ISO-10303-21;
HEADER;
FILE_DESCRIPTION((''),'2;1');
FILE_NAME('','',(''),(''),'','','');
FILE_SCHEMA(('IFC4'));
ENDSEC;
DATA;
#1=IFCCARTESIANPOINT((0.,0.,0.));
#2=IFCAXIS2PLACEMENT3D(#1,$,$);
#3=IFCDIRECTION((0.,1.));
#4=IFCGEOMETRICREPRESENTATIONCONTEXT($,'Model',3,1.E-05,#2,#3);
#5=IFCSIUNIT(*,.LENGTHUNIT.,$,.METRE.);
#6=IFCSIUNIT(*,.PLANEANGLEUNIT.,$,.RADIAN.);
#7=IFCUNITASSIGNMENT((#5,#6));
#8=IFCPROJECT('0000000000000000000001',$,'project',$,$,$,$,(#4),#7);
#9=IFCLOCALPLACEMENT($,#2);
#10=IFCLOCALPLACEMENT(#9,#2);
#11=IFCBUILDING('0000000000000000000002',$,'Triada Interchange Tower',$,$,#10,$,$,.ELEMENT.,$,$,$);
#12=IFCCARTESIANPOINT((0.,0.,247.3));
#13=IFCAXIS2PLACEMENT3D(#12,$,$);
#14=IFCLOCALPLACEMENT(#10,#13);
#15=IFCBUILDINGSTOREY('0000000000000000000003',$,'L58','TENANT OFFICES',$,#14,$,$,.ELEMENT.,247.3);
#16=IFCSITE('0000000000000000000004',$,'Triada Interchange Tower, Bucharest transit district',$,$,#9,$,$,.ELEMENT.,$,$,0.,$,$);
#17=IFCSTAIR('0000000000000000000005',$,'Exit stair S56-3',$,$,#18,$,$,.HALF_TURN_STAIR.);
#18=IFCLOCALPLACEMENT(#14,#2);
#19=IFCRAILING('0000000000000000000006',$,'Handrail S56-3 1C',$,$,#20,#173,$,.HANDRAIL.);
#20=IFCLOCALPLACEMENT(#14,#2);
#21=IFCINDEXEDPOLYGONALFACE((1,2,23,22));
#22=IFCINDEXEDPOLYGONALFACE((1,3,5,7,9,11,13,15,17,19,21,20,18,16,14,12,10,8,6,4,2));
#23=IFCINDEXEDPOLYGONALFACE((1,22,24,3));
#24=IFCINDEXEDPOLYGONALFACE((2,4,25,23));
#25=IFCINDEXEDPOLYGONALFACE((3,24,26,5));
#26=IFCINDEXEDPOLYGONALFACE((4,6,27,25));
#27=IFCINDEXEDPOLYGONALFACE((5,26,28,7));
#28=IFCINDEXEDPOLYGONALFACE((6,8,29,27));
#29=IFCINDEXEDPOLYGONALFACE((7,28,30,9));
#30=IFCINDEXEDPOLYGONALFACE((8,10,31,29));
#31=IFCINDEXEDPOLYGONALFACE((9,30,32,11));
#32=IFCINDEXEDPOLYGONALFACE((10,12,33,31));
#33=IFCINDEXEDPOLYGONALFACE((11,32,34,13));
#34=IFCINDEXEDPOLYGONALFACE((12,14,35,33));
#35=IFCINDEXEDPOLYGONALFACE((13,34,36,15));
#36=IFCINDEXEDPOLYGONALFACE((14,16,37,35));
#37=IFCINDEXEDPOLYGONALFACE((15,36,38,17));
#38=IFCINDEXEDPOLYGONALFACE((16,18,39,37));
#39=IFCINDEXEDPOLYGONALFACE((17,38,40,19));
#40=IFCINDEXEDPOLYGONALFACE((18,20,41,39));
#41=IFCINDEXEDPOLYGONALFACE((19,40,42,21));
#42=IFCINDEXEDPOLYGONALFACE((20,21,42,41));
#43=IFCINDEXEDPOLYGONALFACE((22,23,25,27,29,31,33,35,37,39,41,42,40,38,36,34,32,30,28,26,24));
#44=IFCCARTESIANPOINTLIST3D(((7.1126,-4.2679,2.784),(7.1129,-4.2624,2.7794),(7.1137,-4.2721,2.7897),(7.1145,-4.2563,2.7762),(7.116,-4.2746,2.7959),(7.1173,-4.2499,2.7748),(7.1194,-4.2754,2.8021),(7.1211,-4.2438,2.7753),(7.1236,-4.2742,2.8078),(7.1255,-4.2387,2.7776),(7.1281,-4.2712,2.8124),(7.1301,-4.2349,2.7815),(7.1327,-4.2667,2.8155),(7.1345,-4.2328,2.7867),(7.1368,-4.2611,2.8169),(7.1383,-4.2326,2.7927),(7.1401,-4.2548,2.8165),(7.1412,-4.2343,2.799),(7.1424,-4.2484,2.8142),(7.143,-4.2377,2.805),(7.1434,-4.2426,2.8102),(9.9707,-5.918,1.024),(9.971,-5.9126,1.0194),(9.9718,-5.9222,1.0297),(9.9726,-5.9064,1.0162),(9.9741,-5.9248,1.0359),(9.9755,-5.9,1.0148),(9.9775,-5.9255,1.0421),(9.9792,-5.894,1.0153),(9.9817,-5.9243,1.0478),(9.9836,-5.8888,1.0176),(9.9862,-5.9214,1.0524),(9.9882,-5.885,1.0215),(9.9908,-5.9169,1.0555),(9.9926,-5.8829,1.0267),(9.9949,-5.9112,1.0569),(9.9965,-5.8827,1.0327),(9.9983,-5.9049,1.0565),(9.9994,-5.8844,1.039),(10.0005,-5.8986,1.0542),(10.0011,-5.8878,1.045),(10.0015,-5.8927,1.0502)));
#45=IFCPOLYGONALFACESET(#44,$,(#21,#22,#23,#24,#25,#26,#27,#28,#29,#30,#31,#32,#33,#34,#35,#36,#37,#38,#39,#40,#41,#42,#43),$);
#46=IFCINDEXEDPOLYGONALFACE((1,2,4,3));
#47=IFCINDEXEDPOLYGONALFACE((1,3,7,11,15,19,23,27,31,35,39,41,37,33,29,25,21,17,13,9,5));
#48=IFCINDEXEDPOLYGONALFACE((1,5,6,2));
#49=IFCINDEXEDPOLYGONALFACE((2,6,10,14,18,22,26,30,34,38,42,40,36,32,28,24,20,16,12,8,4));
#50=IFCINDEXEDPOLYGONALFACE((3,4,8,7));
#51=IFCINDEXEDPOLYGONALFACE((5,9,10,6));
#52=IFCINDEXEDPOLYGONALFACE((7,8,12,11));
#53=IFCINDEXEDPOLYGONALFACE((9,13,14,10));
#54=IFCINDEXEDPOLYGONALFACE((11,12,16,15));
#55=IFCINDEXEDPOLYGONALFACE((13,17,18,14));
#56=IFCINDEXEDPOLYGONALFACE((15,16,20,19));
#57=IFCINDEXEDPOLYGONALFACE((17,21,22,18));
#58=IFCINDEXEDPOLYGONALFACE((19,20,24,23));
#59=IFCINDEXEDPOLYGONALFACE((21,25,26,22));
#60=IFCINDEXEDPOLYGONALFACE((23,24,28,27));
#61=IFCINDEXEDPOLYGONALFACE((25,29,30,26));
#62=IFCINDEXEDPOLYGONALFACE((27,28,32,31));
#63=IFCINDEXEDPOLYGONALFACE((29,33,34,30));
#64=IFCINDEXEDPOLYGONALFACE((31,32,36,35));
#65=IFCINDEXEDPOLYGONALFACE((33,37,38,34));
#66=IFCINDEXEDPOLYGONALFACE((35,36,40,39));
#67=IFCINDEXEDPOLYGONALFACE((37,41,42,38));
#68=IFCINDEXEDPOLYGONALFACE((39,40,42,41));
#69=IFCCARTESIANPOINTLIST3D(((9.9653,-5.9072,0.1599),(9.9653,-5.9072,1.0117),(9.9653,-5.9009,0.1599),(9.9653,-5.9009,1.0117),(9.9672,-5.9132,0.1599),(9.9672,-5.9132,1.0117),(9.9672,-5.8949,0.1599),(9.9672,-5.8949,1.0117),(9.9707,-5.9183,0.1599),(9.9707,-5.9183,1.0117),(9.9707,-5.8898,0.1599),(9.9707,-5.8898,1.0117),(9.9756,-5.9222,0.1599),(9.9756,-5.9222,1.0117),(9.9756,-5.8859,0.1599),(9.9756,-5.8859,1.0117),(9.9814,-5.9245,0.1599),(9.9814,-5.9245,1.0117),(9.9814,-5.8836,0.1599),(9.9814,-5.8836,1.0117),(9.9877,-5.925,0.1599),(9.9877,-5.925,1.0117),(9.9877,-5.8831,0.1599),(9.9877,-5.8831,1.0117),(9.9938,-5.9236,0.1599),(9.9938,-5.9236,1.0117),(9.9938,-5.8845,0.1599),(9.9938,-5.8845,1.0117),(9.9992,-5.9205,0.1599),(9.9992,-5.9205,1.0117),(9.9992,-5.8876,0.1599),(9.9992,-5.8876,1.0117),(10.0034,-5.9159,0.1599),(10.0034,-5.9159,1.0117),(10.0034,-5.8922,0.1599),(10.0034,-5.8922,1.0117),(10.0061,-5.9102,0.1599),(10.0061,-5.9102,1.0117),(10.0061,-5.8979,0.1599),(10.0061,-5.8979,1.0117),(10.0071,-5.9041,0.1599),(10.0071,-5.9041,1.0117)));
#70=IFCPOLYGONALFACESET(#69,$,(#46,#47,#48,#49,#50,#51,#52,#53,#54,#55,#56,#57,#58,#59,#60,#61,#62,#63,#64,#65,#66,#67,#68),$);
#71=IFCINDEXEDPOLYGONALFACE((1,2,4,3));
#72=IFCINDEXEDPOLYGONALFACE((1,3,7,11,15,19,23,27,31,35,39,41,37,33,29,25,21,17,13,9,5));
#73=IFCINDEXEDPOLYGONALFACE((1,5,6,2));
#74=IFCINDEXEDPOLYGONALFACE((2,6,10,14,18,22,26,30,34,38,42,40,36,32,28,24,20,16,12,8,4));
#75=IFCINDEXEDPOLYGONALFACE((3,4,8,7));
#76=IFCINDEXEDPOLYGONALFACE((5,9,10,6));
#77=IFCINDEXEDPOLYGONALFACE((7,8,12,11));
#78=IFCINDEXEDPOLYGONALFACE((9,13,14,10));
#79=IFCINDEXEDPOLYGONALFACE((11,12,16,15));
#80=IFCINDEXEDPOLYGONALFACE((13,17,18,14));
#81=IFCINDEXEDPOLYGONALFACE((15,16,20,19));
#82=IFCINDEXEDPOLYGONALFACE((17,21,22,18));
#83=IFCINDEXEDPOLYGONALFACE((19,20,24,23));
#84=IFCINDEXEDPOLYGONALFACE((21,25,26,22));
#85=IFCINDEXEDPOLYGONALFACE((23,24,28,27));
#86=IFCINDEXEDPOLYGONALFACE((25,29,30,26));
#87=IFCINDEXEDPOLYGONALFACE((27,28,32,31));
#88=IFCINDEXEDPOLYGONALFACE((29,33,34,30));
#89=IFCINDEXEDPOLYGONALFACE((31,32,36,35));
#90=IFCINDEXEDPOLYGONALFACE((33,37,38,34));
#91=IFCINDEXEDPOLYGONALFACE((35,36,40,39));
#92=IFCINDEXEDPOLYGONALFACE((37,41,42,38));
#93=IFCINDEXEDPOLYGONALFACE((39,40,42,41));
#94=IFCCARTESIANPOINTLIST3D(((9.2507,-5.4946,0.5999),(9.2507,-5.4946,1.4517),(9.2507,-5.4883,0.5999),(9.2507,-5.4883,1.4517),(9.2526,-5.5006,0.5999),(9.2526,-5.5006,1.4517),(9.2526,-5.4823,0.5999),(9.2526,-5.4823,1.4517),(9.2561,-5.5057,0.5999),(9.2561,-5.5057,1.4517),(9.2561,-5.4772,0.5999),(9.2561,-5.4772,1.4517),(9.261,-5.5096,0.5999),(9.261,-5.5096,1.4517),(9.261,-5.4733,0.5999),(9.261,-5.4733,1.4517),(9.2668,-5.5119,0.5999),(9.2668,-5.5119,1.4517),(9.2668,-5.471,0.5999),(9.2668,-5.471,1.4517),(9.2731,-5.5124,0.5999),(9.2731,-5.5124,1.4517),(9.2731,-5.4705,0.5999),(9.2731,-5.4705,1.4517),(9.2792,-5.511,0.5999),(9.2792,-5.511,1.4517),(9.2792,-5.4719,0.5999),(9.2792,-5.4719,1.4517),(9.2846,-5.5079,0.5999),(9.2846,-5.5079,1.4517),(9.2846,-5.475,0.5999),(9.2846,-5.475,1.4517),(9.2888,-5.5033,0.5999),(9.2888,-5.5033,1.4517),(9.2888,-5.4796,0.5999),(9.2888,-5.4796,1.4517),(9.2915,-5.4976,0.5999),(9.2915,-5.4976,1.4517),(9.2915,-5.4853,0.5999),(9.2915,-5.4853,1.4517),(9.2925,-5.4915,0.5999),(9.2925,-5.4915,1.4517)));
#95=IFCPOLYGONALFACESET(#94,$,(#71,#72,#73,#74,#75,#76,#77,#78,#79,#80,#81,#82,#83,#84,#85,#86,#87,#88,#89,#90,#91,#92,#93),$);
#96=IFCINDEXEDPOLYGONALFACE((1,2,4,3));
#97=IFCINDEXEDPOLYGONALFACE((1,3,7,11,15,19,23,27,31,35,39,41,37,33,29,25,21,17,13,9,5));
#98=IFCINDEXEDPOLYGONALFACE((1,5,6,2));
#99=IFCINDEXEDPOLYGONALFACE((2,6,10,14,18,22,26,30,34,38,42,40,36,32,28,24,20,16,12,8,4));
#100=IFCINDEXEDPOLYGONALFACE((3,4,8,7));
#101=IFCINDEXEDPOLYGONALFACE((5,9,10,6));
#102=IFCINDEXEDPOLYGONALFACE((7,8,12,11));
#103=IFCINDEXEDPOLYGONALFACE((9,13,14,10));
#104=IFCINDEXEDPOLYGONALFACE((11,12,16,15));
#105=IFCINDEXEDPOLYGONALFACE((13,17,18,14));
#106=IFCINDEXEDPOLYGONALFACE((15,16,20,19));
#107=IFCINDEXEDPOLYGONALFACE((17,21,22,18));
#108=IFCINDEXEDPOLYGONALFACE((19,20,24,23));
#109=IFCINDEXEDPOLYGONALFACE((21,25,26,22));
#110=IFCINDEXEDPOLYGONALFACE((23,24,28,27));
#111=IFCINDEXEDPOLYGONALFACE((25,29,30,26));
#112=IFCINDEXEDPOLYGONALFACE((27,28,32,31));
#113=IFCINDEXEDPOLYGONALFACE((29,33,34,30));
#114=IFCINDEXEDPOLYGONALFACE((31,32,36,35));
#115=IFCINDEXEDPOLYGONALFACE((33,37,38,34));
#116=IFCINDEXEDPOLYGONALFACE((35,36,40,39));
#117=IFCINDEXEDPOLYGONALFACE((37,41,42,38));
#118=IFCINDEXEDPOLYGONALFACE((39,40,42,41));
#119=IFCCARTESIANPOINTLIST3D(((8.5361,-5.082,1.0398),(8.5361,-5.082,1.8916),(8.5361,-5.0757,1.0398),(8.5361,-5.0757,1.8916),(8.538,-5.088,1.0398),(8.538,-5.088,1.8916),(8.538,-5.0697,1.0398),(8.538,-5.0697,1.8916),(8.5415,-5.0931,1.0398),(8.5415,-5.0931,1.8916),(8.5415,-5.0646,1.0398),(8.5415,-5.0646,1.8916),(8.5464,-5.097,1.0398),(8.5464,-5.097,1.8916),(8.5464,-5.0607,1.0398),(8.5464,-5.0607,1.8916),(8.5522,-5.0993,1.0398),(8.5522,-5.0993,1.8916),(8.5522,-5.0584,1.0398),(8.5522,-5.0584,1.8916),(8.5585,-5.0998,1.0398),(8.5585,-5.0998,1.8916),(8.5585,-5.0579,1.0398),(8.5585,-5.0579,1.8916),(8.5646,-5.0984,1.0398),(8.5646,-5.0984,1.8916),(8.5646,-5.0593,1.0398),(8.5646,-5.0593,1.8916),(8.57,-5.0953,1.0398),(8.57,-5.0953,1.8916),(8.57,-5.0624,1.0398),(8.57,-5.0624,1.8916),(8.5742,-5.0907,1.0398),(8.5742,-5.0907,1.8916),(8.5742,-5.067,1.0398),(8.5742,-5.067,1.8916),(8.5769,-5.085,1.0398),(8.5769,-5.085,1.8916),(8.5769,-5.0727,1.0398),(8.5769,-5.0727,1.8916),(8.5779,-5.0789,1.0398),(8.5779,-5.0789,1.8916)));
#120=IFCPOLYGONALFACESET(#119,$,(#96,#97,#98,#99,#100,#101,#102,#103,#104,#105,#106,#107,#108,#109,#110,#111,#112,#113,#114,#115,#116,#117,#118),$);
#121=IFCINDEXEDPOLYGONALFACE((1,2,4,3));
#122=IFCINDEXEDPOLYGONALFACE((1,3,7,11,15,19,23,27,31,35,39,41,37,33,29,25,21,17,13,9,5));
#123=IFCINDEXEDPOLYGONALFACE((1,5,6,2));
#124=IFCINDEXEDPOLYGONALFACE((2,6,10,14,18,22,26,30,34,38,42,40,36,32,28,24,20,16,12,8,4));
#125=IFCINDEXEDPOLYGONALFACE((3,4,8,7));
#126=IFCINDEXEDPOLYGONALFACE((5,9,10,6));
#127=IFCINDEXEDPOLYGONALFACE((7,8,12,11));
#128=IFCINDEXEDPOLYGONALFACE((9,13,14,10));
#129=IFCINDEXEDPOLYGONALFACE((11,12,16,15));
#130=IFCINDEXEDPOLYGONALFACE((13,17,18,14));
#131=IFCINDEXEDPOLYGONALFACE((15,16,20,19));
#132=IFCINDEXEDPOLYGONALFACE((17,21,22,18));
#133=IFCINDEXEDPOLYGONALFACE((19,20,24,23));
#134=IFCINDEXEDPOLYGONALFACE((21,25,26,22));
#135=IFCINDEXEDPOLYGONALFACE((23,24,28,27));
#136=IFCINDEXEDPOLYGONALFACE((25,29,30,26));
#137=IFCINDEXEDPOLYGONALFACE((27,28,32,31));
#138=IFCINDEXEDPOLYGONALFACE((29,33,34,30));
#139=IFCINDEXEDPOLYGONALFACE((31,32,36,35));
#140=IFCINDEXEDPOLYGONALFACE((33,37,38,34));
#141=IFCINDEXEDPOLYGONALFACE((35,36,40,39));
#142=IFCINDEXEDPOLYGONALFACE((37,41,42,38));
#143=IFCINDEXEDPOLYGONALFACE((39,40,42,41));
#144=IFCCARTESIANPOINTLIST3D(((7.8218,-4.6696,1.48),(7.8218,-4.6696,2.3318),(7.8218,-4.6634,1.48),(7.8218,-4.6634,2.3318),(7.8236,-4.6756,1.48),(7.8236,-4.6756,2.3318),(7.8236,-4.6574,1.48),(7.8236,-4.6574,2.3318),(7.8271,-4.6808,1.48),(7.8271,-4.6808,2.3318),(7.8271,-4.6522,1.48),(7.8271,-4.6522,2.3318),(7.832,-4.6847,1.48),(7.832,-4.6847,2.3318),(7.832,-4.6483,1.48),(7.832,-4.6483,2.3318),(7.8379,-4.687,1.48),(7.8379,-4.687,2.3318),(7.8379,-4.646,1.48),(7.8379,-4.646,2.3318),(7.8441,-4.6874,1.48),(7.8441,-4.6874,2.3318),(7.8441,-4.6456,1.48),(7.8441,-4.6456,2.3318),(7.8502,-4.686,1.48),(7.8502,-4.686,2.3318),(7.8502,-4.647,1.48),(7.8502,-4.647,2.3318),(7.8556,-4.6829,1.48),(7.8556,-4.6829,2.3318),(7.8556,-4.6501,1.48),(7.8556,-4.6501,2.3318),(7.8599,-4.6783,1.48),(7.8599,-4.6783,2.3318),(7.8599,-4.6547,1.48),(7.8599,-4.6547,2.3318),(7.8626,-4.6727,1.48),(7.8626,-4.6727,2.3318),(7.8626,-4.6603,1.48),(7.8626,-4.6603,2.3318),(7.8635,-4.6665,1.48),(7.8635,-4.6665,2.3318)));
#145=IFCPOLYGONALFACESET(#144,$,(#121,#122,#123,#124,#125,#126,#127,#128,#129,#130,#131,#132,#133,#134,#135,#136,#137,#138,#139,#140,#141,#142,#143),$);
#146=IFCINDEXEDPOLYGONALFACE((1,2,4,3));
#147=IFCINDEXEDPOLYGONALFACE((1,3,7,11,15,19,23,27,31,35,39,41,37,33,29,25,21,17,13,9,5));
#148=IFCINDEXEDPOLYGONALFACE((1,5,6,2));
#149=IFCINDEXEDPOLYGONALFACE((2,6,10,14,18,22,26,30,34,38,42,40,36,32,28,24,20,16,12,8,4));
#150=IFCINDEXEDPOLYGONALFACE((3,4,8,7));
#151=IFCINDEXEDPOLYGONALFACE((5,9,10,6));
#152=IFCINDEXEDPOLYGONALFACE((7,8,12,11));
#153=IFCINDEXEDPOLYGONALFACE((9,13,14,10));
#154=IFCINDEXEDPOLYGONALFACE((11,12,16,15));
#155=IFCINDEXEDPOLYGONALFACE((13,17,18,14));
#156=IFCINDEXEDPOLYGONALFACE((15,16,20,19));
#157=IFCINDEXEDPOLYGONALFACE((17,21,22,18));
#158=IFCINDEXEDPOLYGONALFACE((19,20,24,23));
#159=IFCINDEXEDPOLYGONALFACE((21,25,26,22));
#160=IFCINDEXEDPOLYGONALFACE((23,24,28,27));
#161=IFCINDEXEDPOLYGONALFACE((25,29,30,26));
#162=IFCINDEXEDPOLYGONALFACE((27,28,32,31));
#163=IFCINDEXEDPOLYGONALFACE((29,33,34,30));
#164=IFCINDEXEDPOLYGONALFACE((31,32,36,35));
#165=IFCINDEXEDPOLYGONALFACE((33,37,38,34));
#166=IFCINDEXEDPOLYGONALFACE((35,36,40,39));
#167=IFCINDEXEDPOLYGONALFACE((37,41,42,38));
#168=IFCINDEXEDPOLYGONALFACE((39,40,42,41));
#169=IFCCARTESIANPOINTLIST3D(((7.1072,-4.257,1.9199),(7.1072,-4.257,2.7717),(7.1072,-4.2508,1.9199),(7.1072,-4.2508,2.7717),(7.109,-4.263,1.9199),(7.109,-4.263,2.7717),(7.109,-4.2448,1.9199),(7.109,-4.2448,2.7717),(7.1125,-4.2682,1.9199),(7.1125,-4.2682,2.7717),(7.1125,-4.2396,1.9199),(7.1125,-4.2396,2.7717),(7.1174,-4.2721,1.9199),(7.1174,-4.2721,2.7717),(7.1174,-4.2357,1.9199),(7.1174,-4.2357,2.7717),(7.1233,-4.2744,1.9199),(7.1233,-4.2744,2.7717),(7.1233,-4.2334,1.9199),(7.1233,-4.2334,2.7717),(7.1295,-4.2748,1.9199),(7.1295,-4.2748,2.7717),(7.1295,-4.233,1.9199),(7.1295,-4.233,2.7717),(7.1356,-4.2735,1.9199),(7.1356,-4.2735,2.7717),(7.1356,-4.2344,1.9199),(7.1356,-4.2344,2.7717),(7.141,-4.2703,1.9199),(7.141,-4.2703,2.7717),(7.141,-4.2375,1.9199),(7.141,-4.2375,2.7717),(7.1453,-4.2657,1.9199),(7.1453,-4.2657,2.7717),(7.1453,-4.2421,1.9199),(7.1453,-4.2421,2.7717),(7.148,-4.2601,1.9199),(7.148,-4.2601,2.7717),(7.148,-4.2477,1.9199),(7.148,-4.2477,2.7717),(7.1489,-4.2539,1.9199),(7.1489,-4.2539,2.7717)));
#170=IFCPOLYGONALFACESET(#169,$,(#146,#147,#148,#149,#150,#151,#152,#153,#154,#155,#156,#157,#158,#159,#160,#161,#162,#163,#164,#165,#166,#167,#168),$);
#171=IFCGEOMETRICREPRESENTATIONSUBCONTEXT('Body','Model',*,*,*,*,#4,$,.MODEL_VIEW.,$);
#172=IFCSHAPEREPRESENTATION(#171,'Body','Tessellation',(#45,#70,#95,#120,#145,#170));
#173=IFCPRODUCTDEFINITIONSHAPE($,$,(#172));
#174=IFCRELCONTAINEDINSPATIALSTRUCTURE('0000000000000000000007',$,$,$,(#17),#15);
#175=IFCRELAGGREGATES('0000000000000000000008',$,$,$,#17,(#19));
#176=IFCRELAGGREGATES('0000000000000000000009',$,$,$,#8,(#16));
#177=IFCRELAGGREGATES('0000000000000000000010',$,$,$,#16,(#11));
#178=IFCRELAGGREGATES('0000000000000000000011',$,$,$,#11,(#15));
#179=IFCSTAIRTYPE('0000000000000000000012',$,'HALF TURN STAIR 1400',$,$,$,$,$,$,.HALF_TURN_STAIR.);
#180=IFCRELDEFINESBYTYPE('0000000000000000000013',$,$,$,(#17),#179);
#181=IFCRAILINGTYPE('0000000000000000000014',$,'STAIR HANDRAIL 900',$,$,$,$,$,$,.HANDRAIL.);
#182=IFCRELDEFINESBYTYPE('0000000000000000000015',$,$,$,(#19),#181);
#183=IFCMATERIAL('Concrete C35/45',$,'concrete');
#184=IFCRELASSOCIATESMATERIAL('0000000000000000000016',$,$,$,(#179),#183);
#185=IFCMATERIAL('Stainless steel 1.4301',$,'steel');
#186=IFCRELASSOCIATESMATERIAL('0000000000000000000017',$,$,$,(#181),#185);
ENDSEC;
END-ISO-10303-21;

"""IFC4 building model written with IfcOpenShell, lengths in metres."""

from ifc_helpers import new_model, si_unit, direction, frame, origin, origin_2d, place, context, subcontext, project, spatial, circle, extrude, material, type_object, element, aggregate, save


model = new_model("IFC4")

# Units and contexts
model_context = context("Model", 3, precision=1e-05, world=origin(), true_north=direction((0.0, 1.0)))
body_context = subcontext(model_context, "Body", "Model", "MODEL_VIEW")
ifc_project = project(units=[si_unit("LENGTHUNIT", "METRE"), si_unit("PLANEANGLEUNIT", "RADIAN")], contexts=[model_context])

# Site, building, storey
site_placement = place(None, origin())
site = spatial("IfcSite", under=ifc_project, at=site_placement, Name="Triada Interchange Tower, Bucharest transit district", CompositionType="ELEMENT", RefElevation=0.0)
building_placement = place(site_placement, origin())
building = spatial("IfcBuilding", under=site, at=building_placement, Name="Triada Interchange Tower", CompositionType="ELEMENT")
storey_placement = place(building_placement, frame((0.0, 0.0, 247.3)))
storey = spatial("IfcBuildingStorey", under=building, at=storey_placement, Name="L58", Description="TENANT OFFICES", CompositionType="ELEMENT", Elevation=247.3)

# Stair, railing
ifc_material_1 = material(Name="Concrete C35/45", Category="concrete")
stair_type = type_object("IfcStairType", Name="HALF TURN STAIR 1400", PredefinedType="HALF_TURN_STAIR", material=ifc_material_1)
stair_placement = place(storey_placement, origin())
stair = element("IfcStair", 1, at=stair_placement, inside=storey, type_object=stair_type, Name="Exit stair S56-3", PredefinedType="HALF_TURN_STAIR")
ifc_material_2 = material(Name="Stainless steel 1.4301", Category="steel")
railing_type = type_object("IfcRailingType", Name="STAIR HANDRAIL 900", PredefinedType="HANDRAIL", material=ifc_material_2)
railing_1_placement = place(storey_placement, frame((9.9861, -5.9041, 0.1599)))
railing_1 = element("IfcRailing", 2, at=railing_1_placement, type_object=railing_type, Name="Handrail S56-3 1C", PredefinedType="HANDRAIL", context=body_context, shape_type="SweptSolid", body=[
    extrude(circle(Radius=0.0239, at=origin_2d()), frame((0.0, 0.0, 0.876), z_axis=(-0.764156, 0.441183, 0.470556), x_axis=(-0.499998, -0.866027, 0.0)), (0.0, 0.0, 1.0), 3.7402),
    extrude(circle(Radius=0.021, at=origin_2d()), origin(), (0.0, 0.0, 1.0), 0.8518),
    extrude(circle(Radius=0.021, at=origin_2d()), frame((-0.7146, 0.4126, 0.4399)), (0.0, 0.0, 1.0), 0.8518),
    extrude(circle(Radius=0.021, at=origin_2d()), frame((-1.4292, 0.8252, 0.8799)), (0.0, 0.0, 1.0), 0.8518),
    extrude(circle(Radius=0.021, at=origin_2d()), frame((-2.1436, 1.2375, 1.3201)), (0.0, 0.0, 1.0), 0.8518),
    extrude(circle(Radius=0.021, at=origin_2d()), frame((-2.8582, 1.6501, 1.76)), (0.0, 0.0, 1.0), 0.8518),
])
aggregate(stair, [railing_1])

save(model, "model.ifc")
